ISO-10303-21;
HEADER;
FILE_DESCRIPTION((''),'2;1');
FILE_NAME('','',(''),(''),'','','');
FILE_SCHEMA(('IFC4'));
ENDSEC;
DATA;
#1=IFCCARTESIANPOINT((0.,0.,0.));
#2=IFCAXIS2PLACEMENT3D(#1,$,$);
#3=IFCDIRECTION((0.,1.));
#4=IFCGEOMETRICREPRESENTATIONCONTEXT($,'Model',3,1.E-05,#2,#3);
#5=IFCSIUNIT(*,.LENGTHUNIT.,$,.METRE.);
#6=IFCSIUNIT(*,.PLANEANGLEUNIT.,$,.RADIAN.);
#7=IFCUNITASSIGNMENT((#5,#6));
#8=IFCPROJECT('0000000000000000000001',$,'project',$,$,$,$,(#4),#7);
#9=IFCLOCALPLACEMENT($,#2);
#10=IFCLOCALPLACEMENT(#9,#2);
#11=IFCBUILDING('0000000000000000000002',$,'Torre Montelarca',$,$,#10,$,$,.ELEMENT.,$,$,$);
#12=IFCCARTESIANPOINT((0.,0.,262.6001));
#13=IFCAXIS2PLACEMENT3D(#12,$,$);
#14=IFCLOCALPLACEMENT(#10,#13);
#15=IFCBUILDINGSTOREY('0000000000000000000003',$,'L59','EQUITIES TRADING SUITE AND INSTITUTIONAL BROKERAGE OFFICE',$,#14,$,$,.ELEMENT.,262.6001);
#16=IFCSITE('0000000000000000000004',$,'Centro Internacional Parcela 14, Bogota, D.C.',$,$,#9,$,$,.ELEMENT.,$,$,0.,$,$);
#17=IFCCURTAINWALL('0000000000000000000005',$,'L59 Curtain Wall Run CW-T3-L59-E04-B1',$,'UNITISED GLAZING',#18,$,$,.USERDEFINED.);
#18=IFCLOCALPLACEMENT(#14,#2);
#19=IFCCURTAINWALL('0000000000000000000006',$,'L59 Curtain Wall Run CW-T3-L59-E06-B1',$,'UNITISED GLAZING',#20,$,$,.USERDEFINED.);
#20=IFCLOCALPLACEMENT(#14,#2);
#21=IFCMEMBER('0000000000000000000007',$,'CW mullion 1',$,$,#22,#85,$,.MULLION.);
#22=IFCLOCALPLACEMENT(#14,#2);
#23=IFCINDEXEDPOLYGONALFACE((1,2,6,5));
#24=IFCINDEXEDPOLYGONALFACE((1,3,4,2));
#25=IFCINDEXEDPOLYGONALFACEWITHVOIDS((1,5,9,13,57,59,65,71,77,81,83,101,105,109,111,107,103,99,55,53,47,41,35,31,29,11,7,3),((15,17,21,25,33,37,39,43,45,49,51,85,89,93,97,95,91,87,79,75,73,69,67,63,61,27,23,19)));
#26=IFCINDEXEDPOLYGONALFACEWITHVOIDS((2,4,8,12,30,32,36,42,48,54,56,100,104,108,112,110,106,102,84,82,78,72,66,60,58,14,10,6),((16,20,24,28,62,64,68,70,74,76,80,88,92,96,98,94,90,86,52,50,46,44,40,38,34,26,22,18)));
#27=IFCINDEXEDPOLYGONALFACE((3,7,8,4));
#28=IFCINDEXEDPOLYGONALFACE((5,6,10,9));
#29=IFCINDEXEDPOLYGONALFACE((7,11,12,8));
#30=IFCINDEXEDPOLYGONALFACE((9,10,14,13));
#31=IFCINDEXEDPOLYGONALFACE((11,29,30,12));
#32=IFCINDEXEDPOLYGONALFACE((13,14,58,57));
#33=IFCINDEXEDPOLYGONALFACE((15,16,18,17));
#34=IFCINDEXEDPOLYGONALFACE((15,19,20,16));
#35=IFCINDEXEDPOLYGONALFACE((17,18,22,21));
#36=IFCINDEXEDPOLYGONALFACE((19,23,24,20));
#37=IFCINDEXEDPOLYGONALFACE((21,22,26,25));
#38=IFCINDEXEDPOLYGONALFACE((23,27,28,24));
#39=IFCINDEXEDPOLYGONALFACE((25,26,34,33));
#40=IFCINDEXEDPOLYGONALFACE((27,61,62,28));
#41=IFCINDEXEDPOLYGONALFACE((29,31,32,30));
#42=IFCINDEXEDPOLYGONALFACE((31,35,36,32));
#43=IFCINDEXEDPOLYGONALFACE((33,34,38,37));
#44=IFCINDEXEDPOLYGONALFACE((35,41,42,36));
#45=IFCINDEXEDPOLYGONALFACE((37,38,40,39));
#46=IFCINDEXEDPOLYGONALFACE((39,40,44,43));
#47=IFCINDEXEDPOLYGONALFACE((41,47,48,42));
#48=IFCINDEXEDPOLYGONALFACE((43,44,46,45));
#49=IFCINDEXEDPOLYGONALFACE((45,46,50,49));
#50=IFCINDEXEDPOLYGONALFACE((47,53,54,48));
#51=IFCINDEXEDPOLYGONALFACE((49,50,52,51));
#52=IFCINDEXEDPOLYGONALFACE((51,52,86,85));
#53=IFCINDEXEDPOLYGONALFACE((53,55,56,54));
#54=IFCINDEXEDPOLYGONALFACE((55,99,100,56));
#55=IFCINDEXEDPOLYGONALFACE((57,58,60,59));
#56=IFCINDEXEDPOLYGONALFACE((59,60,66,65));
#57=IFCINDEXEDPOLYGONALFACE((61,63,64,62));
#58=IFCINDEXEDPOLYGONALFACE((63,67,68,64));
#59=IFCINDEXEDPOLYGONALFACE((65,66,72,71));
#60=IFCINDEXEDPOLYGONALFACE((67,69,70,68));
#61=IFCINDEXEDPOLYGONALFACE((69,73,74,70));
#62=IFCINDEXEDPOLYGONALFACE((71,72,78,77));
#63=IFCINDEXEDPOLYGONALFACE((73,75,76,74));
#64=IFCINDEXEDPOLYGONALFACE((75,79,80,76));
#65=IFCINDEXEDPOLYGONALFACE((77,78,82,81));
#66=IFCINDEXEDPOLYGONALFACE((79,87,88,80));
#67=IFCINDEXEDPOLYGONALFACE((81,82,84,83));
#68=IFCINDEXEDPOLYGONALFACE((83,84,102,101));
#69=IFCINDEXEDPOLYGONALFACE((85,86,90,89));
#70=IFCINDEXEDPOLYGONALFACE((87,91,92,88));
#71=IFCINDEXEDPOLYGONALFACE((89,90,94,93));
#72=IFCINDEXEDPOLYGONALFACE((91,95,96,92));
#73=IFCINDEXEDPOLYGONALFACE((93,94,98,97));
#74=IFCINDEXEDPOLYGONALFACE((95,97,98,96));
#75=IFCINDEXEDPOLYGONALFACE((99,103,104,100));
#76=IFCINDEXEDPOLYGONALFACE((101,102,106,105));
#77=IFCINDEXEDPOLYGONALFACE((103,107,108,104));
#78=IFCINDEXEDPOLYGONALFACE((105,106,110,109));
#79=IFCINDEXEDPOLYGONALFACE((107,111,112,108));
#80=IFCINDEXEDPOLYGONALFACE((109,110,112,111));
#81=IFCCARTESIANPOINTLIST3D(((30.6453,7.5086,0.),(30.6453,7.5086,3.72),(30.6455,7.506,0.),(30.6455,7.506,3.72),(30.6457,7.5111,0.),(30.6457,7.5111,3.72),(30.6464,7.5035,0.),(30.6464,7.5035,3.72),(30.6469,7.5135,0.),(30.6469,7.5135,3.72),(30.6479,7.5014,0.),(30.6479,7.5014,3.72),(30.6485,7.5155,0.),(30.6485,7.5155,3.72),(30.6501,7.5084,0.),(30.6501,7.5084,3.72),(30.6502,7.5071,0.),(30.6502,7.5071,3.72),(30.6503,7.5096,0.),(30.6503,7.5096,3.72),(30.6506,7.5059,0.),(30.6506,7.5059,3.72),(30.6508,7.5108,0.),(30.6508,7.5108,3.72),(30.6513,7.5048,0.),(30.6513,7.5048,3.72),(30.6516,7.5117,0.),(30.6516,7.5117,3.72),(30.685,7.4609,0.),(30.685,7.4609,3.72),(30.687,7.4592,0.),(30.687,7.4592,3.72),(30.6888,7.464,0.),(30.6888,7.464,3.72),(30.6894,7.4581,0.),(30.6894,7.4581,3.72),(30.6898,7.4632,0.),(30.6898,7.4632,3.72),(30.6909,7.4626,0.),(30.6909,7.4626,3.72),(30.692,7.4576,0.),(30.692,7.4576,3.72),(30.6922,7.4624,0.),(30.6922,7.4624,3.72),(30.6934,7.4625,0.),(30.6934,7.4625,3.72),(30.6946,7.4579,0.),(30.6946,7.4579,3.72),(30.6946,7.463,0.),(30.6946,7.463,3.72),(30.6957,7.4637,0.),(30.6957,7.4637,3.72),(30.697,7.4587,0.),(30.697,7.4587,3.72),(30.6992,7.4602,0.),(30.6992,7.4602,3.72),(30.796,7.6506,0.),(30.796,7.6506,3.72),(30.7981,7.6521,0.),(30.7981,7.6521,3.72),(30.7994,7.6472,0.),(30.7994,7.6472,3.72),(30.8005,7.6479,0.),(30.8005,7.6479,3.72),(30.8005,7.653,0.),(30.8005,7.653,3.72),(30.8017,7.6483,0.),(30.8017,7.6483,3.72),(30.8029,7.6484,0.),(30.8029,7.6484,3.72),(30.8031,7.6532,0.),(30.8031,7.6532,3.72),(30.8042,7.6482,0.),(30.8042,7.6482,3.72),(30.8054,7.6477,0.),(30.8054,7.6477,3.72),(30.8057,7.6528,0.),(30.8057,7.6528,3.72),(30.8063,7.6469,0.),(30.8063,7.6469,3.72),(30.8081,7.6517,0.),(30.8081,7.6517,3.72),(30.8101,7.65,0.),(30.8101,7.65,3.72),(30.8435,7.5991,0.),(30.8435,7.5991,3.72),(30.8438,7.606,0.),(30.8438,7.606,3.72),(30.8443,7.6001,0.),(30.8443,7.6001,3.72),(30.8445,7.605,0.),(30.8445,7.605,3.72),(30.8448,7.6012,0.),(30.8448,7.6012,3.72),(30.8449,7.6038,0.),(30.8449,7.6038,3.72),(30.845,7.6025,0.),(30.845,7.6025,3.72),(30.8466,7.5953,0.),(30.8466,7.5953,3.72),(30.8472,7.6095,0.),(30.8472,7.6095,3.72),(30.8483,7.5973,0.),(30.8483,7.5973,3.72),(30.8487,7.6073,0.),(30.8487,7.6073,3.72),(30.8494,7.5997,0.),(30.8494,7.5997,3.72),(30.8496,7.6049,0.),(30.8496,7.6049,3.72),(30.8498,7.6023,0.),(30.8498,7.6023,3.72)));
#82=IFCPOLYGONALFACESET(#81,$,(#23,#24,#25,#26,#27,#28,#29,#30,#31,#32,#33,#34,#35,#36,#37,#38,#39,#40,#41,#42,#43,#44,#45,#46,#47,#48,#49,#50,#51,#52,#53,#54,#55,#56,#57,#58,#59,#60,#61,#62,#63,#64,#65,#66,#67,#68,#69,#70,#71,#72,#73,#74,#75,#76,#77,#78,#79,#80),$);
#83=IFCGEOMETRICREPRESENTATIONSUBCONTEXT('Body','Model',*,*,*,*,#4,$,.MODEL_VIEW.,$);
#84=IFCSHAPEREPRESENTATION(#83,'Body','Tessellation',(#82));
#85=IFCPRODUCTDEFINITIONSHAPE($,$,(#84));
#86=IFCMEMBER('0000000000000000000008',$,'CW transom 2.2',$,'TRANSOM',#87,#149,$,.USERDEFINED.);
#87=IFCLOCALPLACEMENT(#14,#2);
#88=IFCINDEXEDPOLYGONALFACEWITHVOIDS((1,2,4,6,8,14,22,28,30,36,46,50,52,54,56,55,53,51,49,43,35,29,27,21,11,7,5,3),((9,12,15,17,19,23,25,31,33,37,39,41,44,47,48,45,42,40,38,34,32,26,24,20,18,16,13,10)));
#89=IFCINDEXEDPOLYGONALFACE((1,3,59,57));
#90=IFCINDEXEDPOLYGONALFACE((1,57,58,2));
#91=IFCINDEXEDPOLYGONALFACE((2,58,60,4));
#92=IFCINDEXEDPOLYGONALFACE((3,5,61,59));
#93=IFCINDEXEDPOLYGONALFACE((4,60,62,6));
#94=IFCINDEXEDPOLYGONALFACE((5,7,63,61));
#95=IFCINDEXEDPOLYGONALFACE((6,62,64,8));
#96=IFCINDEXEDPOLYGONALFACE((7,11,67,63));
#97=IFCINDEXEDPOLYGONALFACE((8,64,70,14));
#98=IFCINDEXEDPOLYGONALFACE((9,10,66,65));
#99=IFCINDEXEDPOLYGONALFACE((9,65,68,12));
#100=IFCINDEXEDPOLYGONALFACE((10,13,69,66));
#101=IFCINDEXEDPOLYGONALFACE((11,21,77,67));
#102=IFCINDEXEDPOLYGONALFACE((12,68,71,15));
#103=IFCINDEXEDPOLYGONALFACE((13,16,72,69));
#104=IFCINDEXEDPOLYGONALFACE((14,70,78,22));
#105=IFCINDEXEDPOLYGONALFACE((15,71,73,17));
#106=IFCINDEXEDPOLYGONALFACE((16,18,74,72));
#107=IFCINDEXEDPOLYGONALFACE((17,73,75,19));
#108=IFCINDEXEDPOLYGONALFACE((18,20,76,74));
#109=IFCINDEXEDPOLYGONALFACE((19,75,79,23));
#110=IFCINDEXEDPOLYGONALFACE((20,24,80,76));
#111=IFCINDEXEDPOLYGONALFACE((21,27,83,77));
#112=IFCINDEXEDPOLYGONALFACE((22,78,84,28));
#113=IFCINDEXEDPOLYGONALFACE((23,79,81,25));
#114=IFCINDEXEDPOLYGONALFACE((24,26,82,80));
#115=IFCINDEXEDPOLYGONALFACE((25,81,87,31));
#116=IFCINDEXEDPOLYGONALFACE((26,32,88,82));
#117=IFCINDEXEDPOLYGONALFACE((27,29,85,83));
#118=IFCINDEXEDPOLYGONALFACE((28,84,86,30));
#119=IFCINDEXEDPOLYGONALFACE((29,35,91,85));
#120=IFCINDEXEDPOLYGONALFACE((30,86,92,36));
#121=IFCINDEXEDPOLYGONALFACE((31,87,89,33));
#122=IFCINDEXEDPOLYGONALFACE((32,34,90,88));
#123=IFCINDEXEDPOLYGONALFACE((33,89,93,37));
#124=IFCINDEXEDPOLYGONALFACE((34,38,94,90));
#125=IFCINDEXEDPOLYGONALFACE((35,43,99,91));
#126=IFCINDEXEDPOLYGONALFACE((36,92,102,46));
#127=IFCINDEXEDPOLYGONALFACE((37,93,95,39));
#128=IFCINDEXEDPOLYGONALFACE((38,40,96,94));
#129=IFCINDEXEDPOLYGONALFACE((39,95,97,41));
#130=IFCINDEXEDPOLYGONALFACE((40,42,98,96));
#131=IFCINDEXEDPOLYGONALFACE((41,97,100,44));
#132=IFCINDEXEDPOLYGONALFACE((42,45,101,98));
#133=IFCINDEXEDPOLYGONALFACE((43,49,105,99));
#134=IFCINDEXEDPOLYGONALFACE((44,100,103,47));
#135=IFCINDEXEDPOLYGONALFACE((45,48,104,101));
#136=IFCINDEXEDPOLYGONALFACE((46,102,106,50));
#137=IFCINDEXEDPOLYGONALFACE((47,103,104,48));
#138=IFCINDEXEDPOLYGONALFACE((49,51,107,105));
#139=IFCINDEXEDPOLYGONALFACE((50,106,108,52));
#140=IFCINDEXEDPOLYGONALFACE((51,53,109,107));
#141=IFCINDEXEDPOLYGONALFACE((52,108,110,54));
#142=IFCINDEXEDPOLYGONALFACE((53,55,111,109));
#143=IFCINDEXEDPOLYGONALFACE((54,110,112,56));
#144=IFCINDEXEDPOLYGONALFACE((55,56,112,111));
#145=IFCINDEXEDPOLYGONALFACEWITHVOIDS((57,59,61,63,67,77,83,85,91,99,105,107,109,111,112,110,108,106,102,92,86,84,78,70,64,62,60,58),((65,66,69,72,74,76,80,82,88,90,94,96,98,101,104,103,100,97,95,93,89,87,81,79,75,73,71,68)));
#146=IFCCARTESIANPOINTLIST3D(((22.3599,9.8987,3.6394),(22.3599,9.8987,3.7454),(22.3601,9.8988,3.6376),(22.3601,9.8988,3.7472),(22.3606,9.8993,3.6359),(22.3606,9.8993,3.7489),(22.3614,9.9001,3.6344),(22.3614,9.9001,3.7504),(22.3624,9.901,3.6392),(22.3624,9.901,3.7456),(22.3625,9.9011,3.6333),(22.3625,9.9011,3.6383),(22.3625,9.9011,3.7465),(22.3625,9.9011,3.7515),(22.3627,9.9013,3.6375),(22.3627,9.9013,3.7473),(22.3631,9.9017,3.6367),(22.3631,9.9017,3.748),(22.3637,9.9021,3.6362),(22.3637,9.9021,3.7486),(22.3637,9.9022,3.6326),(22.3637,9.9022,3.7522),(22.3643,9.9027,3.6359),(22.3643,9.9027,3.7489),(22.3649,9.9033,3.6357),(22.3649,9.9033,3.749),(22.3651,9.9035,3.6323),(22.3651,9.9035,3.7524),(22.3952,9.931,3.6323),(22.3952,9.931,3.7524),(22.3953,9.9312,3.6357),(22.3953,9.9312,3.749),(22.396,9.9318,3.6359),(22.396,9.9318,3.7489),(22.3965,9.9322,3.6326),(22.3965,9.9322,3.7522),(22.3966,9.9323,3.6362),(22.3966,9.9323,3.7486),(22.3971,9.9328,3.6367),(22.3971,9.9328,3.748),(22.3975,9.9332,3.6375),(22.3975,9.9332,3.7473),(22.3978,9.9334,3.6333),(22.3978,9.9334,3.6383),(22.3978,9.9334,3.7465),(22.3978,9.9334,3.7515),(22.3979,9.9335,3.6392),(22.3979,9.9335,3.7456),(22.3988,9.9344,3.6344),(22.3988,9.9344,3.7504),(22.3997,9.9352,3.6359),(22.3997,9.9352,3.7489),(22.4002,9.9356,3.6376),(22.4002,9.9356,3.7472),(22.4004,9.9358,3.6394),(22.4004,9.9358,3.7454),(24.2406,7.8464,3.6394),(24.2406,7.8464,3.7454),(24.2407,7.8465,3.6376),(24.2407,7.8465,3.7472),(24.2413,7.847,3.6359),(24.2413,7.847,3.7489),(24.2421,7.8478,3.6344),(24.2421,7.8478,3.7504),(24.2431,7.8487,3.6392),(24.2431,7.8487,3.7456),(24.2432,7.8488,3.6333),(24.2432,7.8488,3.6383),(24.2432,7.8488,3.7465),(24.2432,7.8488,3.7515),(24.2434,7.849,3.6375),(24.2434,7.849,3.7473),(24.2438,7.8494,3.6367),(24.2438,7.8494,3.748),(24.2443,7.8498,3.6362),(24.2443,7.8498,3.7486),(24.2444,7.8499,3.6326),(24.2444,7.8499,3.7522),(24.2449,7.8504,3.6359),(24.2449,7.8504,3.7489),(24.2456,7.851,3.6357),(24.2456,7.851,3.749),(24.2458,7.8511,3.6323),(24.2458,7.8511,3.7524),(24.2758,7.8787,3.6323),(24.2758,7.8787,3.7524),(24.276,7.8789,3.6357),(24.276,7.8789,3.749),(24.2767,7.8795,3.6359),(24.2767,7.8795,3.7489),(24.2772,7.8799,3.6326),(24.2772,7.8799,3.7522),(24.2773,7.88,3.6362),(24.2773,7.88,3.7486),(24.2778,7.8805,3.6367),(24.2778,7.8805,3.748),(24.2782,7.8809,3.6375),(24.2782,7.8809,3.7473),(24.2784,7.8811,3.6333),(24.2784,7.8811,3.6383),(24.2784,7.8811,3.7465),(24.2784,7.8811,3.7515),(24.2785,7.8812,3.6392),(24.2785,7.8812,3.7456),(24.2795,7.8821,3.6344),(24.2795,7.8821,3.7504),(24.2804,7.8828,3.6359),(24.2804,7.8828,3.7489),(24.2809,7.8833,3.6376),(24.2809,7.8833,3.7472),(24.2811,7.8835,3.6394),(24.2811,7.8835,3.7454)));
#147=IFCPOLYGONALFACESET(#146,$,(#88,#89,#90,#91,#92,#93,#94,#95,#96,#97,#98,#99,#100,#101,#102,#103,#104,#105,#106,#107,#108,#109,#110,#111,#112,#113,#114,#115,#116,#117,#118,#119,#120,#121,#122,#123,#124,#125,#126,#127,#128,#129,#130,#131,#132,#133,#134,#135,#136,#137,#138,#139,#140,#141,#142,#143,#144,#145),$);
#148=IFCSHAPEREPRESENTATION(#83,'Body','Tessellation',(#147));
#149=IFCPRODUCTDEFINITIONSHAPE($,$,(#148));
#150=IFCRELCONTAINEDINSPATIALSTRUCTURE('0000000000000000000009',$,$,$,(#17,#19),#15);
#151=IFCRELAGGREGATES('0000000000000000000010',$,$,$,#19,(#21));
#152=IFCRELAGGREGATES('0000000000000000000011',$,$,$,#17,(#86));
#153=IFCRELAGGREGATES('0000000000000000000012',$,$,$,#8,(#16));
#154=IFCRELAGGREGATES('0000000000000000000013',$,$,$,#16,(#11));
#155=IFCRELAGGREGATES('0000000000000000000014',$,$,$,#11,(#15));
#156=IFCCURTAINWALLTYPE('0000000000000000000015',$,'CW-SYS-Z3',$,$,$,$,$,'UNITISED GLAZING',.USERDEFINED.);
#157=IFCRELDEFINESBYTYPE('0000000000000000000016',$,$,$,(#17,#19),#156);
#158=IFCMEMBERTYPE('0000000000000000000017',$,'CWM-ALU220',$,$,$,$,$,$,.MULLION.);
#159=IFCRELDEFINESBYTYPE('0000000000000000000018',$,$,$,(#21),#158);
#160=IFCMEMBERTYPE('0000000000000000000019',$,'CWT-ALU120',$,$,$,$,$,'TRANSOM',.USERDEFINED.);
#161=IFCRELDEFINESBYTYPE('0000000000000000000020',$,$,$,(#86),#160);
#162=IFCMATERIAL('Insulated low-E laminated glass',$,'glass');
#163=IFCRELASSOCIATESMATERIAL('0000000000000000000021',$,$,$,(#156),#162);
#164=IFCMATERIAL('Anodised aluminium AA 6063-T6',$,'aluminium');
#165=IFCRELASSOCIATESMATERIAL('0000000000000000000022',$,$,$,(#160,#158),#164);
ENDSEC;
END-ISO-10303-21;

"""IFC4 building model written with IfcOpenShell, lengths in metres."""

from ifc_helpers import new_model, si_unit, direction, frame, origin, origin_2d, place, context, subcontext, project, spatial, hollow_rectangle, extrude, source, transform, mapped, material, material_profile, profile_set, type_object, element, aggregate, save


model = new_model("IFC4")

# Units and contexts
model_context = context("Model", 3, precision=1e-05, world=origin(), true_north=direction((0.0, 1.0)))
body_context = subcontext(model_context, "Body", "Model", "MODEL_VIEW")
ifc_project = project(units=[si_unit("LENGTHUNIT", "METRE"), si_unit("PLANEANGLEUNIT", "RADIAN")], contexts=[model_context])

# Site, building, storey
site_placement = place(None, origin())
site = spatial("IfcSite", under=ifc_project, at=site_placement, Name="Centro Internacional Parcela 14, Bogota, D.C.", CompositionType="ELEMENT", RefElevation=0.0)
building_placement = place(site_placement, origin())
building = spatial("IfcBuilding", under=site, at=building_placement, Name="Torre Montelarca", CompositionType="ELEMENT")
storey_placement = place(building_placement, frame((0.0, 0.0, 262.6001)))
storey = spatial("IfcBuildingStorey", under=building, at=storey_placement, Name="L59", Description="EQUITIES TRADING SUITE AND INSTITUTIONAL BROKERAGE OFFICE", CompositionType="ELEMENT", Elevation=262.6001)

# Shared definitions
ifc_material_1 = material(Name="Insulated low-E laminated glass", Category="glass")
curtain_wall_type = type_object("IfcCurtainWallType", Name="CW-SYS-Z3", ElementType="UNITISED GLAZING", PredefinedType="USERDEFINED", material=ifc_material_1)
ifc_material_2 = material(Name="Anodised aluminium AA 6063-T6", Category="aluminium")
ifc_material_profile_1 = material_profile(ifc_material_2, hollow_rectangle(XDim=0.0549, YDim=0.1201, WallThickness=0.0034, InnerFilletRadius=0.0034, OuterFilletRadius=0.0071, at=origin_2d()), Name="ALU55X120X3.5", Category="aluminium")
ifc_profile_set_1 = profile_set([ifc_material_profile_1], Name="Anodised aluminium AA 6063-T6")
member_type_1 = type_object("IfcMemberType", Name="CWT-ALU120", ElementType="TRANSOM", PredefinedType="USERDEFINED", material=ifc_profile_set_1)

# Curtain wall
curtain_wall_1_placement = place(storey_placement, origin())
curtain_wall_1 = element("IfcCurtainWall", 1, at=curtain_wall_1_placement, inside=storey, type_object=curtain_wall_type, Name="L59 Curtain Wall Run CW-T3-L59-E04-B1", ObjectType="UNITISED GLAZING", PredefinedType="USERDEFINED")
ifc_material_profile_2 = material_profile(ifc_material_2, hollow_rectangle(XDim=0.075, YDim=0.22, WallThickness=0.0049, InnerFilletRadius=0.0049, OuterFilletRadius=0.01, at=origin_2d()), Name="ALU75X220X5", Category="aluminium")
ifc_profile_set_2 = profile_set([ifc_material_profile_2], Name="Anodised aluminium AA 6063-T6")
member_type_2 = type_object("IfcMemberType", Name="CWM-ALU220", PredefinedType="MULLION", material=ifc_profile_set_2)
shared_shape_1 = source(origin(), body_context, "Body", "SweptSolid", [
    extrude(hollow_rectangle(XDim=0.075, YDim=0.22, WallThickness=0.0049, InnerFilletRadius=0.0049, OuterFilletRadius=0.01, at=origin_2d()), origin(), (0.0, 0.0, 1.0), 3.72),
])

# Curtain wall, member
curtain_wall_2_placement = place(storey_placement, origin())
curtain_wall_2 = element("IfcCurtainWall", 2, at=curtain_wall_2_placement, inside=storey, type_object=curtain_wall_type, Name="L59 Curtain Wall Run CW-T3-L59-E06-B1", ObjectType="UNITISED GLAZING", PredefinedType="USERDEFINED")
member_1_placement = place(storey_placement, frame((30.7476, 7.5554, 0.0), z_axis=(0.0, 0.0, 1.0), x_axis=(-0.675587, 0.73728, 0.0)))
member_1 = element("IfcMember", 3, at=member_1_placement, type_object=member_type_2, Name="CW mullion 1", PredefinedType="MULLION", context=body_context, shape_type="MappedRepresentation", body=[
    mapped(shared_shape_1, transform((0.0, 0.0, 0.0), scale=1.0)),
])

# Member
shared_shape_2 = source(origin(), body_context, "Body", "SweptSolid", [
    extrude(hollow_rectangle(XDim=0.0549, YDim=0.1201, WallThickness=0.0034, InnerFilletRadius=0.0034, OuterFilletRadius=0.0071, at=origin_2d()), origin(), (0.0, 0.0, 1.0), 2.7837),
])
member_2_placement = place(storey_placement, frame((22.3801, 9.9172, 3.6924), z_axis=(0.675605, -0.737263, 0.0), x_axis=(0.737263, 0.675605, 0.0)))
member_2 = element("IfcMember", 4, at=member_2_placement, type_object=member_type_1, Name="CW transom 2.2", ObjectType="TRANSOM", PredefinedType="USERDEFINED", context=body_context, shape_type="MappedRepresentation", body=[
    mapped(shared_shape_2, transform((0.0, 0.0, 0.0), scale=1.0)),
])
aggregate(curtain_wall_2, [member_1])

aggregate(curtain_wall_1, [member_2])

save(model, "model.ifc")
